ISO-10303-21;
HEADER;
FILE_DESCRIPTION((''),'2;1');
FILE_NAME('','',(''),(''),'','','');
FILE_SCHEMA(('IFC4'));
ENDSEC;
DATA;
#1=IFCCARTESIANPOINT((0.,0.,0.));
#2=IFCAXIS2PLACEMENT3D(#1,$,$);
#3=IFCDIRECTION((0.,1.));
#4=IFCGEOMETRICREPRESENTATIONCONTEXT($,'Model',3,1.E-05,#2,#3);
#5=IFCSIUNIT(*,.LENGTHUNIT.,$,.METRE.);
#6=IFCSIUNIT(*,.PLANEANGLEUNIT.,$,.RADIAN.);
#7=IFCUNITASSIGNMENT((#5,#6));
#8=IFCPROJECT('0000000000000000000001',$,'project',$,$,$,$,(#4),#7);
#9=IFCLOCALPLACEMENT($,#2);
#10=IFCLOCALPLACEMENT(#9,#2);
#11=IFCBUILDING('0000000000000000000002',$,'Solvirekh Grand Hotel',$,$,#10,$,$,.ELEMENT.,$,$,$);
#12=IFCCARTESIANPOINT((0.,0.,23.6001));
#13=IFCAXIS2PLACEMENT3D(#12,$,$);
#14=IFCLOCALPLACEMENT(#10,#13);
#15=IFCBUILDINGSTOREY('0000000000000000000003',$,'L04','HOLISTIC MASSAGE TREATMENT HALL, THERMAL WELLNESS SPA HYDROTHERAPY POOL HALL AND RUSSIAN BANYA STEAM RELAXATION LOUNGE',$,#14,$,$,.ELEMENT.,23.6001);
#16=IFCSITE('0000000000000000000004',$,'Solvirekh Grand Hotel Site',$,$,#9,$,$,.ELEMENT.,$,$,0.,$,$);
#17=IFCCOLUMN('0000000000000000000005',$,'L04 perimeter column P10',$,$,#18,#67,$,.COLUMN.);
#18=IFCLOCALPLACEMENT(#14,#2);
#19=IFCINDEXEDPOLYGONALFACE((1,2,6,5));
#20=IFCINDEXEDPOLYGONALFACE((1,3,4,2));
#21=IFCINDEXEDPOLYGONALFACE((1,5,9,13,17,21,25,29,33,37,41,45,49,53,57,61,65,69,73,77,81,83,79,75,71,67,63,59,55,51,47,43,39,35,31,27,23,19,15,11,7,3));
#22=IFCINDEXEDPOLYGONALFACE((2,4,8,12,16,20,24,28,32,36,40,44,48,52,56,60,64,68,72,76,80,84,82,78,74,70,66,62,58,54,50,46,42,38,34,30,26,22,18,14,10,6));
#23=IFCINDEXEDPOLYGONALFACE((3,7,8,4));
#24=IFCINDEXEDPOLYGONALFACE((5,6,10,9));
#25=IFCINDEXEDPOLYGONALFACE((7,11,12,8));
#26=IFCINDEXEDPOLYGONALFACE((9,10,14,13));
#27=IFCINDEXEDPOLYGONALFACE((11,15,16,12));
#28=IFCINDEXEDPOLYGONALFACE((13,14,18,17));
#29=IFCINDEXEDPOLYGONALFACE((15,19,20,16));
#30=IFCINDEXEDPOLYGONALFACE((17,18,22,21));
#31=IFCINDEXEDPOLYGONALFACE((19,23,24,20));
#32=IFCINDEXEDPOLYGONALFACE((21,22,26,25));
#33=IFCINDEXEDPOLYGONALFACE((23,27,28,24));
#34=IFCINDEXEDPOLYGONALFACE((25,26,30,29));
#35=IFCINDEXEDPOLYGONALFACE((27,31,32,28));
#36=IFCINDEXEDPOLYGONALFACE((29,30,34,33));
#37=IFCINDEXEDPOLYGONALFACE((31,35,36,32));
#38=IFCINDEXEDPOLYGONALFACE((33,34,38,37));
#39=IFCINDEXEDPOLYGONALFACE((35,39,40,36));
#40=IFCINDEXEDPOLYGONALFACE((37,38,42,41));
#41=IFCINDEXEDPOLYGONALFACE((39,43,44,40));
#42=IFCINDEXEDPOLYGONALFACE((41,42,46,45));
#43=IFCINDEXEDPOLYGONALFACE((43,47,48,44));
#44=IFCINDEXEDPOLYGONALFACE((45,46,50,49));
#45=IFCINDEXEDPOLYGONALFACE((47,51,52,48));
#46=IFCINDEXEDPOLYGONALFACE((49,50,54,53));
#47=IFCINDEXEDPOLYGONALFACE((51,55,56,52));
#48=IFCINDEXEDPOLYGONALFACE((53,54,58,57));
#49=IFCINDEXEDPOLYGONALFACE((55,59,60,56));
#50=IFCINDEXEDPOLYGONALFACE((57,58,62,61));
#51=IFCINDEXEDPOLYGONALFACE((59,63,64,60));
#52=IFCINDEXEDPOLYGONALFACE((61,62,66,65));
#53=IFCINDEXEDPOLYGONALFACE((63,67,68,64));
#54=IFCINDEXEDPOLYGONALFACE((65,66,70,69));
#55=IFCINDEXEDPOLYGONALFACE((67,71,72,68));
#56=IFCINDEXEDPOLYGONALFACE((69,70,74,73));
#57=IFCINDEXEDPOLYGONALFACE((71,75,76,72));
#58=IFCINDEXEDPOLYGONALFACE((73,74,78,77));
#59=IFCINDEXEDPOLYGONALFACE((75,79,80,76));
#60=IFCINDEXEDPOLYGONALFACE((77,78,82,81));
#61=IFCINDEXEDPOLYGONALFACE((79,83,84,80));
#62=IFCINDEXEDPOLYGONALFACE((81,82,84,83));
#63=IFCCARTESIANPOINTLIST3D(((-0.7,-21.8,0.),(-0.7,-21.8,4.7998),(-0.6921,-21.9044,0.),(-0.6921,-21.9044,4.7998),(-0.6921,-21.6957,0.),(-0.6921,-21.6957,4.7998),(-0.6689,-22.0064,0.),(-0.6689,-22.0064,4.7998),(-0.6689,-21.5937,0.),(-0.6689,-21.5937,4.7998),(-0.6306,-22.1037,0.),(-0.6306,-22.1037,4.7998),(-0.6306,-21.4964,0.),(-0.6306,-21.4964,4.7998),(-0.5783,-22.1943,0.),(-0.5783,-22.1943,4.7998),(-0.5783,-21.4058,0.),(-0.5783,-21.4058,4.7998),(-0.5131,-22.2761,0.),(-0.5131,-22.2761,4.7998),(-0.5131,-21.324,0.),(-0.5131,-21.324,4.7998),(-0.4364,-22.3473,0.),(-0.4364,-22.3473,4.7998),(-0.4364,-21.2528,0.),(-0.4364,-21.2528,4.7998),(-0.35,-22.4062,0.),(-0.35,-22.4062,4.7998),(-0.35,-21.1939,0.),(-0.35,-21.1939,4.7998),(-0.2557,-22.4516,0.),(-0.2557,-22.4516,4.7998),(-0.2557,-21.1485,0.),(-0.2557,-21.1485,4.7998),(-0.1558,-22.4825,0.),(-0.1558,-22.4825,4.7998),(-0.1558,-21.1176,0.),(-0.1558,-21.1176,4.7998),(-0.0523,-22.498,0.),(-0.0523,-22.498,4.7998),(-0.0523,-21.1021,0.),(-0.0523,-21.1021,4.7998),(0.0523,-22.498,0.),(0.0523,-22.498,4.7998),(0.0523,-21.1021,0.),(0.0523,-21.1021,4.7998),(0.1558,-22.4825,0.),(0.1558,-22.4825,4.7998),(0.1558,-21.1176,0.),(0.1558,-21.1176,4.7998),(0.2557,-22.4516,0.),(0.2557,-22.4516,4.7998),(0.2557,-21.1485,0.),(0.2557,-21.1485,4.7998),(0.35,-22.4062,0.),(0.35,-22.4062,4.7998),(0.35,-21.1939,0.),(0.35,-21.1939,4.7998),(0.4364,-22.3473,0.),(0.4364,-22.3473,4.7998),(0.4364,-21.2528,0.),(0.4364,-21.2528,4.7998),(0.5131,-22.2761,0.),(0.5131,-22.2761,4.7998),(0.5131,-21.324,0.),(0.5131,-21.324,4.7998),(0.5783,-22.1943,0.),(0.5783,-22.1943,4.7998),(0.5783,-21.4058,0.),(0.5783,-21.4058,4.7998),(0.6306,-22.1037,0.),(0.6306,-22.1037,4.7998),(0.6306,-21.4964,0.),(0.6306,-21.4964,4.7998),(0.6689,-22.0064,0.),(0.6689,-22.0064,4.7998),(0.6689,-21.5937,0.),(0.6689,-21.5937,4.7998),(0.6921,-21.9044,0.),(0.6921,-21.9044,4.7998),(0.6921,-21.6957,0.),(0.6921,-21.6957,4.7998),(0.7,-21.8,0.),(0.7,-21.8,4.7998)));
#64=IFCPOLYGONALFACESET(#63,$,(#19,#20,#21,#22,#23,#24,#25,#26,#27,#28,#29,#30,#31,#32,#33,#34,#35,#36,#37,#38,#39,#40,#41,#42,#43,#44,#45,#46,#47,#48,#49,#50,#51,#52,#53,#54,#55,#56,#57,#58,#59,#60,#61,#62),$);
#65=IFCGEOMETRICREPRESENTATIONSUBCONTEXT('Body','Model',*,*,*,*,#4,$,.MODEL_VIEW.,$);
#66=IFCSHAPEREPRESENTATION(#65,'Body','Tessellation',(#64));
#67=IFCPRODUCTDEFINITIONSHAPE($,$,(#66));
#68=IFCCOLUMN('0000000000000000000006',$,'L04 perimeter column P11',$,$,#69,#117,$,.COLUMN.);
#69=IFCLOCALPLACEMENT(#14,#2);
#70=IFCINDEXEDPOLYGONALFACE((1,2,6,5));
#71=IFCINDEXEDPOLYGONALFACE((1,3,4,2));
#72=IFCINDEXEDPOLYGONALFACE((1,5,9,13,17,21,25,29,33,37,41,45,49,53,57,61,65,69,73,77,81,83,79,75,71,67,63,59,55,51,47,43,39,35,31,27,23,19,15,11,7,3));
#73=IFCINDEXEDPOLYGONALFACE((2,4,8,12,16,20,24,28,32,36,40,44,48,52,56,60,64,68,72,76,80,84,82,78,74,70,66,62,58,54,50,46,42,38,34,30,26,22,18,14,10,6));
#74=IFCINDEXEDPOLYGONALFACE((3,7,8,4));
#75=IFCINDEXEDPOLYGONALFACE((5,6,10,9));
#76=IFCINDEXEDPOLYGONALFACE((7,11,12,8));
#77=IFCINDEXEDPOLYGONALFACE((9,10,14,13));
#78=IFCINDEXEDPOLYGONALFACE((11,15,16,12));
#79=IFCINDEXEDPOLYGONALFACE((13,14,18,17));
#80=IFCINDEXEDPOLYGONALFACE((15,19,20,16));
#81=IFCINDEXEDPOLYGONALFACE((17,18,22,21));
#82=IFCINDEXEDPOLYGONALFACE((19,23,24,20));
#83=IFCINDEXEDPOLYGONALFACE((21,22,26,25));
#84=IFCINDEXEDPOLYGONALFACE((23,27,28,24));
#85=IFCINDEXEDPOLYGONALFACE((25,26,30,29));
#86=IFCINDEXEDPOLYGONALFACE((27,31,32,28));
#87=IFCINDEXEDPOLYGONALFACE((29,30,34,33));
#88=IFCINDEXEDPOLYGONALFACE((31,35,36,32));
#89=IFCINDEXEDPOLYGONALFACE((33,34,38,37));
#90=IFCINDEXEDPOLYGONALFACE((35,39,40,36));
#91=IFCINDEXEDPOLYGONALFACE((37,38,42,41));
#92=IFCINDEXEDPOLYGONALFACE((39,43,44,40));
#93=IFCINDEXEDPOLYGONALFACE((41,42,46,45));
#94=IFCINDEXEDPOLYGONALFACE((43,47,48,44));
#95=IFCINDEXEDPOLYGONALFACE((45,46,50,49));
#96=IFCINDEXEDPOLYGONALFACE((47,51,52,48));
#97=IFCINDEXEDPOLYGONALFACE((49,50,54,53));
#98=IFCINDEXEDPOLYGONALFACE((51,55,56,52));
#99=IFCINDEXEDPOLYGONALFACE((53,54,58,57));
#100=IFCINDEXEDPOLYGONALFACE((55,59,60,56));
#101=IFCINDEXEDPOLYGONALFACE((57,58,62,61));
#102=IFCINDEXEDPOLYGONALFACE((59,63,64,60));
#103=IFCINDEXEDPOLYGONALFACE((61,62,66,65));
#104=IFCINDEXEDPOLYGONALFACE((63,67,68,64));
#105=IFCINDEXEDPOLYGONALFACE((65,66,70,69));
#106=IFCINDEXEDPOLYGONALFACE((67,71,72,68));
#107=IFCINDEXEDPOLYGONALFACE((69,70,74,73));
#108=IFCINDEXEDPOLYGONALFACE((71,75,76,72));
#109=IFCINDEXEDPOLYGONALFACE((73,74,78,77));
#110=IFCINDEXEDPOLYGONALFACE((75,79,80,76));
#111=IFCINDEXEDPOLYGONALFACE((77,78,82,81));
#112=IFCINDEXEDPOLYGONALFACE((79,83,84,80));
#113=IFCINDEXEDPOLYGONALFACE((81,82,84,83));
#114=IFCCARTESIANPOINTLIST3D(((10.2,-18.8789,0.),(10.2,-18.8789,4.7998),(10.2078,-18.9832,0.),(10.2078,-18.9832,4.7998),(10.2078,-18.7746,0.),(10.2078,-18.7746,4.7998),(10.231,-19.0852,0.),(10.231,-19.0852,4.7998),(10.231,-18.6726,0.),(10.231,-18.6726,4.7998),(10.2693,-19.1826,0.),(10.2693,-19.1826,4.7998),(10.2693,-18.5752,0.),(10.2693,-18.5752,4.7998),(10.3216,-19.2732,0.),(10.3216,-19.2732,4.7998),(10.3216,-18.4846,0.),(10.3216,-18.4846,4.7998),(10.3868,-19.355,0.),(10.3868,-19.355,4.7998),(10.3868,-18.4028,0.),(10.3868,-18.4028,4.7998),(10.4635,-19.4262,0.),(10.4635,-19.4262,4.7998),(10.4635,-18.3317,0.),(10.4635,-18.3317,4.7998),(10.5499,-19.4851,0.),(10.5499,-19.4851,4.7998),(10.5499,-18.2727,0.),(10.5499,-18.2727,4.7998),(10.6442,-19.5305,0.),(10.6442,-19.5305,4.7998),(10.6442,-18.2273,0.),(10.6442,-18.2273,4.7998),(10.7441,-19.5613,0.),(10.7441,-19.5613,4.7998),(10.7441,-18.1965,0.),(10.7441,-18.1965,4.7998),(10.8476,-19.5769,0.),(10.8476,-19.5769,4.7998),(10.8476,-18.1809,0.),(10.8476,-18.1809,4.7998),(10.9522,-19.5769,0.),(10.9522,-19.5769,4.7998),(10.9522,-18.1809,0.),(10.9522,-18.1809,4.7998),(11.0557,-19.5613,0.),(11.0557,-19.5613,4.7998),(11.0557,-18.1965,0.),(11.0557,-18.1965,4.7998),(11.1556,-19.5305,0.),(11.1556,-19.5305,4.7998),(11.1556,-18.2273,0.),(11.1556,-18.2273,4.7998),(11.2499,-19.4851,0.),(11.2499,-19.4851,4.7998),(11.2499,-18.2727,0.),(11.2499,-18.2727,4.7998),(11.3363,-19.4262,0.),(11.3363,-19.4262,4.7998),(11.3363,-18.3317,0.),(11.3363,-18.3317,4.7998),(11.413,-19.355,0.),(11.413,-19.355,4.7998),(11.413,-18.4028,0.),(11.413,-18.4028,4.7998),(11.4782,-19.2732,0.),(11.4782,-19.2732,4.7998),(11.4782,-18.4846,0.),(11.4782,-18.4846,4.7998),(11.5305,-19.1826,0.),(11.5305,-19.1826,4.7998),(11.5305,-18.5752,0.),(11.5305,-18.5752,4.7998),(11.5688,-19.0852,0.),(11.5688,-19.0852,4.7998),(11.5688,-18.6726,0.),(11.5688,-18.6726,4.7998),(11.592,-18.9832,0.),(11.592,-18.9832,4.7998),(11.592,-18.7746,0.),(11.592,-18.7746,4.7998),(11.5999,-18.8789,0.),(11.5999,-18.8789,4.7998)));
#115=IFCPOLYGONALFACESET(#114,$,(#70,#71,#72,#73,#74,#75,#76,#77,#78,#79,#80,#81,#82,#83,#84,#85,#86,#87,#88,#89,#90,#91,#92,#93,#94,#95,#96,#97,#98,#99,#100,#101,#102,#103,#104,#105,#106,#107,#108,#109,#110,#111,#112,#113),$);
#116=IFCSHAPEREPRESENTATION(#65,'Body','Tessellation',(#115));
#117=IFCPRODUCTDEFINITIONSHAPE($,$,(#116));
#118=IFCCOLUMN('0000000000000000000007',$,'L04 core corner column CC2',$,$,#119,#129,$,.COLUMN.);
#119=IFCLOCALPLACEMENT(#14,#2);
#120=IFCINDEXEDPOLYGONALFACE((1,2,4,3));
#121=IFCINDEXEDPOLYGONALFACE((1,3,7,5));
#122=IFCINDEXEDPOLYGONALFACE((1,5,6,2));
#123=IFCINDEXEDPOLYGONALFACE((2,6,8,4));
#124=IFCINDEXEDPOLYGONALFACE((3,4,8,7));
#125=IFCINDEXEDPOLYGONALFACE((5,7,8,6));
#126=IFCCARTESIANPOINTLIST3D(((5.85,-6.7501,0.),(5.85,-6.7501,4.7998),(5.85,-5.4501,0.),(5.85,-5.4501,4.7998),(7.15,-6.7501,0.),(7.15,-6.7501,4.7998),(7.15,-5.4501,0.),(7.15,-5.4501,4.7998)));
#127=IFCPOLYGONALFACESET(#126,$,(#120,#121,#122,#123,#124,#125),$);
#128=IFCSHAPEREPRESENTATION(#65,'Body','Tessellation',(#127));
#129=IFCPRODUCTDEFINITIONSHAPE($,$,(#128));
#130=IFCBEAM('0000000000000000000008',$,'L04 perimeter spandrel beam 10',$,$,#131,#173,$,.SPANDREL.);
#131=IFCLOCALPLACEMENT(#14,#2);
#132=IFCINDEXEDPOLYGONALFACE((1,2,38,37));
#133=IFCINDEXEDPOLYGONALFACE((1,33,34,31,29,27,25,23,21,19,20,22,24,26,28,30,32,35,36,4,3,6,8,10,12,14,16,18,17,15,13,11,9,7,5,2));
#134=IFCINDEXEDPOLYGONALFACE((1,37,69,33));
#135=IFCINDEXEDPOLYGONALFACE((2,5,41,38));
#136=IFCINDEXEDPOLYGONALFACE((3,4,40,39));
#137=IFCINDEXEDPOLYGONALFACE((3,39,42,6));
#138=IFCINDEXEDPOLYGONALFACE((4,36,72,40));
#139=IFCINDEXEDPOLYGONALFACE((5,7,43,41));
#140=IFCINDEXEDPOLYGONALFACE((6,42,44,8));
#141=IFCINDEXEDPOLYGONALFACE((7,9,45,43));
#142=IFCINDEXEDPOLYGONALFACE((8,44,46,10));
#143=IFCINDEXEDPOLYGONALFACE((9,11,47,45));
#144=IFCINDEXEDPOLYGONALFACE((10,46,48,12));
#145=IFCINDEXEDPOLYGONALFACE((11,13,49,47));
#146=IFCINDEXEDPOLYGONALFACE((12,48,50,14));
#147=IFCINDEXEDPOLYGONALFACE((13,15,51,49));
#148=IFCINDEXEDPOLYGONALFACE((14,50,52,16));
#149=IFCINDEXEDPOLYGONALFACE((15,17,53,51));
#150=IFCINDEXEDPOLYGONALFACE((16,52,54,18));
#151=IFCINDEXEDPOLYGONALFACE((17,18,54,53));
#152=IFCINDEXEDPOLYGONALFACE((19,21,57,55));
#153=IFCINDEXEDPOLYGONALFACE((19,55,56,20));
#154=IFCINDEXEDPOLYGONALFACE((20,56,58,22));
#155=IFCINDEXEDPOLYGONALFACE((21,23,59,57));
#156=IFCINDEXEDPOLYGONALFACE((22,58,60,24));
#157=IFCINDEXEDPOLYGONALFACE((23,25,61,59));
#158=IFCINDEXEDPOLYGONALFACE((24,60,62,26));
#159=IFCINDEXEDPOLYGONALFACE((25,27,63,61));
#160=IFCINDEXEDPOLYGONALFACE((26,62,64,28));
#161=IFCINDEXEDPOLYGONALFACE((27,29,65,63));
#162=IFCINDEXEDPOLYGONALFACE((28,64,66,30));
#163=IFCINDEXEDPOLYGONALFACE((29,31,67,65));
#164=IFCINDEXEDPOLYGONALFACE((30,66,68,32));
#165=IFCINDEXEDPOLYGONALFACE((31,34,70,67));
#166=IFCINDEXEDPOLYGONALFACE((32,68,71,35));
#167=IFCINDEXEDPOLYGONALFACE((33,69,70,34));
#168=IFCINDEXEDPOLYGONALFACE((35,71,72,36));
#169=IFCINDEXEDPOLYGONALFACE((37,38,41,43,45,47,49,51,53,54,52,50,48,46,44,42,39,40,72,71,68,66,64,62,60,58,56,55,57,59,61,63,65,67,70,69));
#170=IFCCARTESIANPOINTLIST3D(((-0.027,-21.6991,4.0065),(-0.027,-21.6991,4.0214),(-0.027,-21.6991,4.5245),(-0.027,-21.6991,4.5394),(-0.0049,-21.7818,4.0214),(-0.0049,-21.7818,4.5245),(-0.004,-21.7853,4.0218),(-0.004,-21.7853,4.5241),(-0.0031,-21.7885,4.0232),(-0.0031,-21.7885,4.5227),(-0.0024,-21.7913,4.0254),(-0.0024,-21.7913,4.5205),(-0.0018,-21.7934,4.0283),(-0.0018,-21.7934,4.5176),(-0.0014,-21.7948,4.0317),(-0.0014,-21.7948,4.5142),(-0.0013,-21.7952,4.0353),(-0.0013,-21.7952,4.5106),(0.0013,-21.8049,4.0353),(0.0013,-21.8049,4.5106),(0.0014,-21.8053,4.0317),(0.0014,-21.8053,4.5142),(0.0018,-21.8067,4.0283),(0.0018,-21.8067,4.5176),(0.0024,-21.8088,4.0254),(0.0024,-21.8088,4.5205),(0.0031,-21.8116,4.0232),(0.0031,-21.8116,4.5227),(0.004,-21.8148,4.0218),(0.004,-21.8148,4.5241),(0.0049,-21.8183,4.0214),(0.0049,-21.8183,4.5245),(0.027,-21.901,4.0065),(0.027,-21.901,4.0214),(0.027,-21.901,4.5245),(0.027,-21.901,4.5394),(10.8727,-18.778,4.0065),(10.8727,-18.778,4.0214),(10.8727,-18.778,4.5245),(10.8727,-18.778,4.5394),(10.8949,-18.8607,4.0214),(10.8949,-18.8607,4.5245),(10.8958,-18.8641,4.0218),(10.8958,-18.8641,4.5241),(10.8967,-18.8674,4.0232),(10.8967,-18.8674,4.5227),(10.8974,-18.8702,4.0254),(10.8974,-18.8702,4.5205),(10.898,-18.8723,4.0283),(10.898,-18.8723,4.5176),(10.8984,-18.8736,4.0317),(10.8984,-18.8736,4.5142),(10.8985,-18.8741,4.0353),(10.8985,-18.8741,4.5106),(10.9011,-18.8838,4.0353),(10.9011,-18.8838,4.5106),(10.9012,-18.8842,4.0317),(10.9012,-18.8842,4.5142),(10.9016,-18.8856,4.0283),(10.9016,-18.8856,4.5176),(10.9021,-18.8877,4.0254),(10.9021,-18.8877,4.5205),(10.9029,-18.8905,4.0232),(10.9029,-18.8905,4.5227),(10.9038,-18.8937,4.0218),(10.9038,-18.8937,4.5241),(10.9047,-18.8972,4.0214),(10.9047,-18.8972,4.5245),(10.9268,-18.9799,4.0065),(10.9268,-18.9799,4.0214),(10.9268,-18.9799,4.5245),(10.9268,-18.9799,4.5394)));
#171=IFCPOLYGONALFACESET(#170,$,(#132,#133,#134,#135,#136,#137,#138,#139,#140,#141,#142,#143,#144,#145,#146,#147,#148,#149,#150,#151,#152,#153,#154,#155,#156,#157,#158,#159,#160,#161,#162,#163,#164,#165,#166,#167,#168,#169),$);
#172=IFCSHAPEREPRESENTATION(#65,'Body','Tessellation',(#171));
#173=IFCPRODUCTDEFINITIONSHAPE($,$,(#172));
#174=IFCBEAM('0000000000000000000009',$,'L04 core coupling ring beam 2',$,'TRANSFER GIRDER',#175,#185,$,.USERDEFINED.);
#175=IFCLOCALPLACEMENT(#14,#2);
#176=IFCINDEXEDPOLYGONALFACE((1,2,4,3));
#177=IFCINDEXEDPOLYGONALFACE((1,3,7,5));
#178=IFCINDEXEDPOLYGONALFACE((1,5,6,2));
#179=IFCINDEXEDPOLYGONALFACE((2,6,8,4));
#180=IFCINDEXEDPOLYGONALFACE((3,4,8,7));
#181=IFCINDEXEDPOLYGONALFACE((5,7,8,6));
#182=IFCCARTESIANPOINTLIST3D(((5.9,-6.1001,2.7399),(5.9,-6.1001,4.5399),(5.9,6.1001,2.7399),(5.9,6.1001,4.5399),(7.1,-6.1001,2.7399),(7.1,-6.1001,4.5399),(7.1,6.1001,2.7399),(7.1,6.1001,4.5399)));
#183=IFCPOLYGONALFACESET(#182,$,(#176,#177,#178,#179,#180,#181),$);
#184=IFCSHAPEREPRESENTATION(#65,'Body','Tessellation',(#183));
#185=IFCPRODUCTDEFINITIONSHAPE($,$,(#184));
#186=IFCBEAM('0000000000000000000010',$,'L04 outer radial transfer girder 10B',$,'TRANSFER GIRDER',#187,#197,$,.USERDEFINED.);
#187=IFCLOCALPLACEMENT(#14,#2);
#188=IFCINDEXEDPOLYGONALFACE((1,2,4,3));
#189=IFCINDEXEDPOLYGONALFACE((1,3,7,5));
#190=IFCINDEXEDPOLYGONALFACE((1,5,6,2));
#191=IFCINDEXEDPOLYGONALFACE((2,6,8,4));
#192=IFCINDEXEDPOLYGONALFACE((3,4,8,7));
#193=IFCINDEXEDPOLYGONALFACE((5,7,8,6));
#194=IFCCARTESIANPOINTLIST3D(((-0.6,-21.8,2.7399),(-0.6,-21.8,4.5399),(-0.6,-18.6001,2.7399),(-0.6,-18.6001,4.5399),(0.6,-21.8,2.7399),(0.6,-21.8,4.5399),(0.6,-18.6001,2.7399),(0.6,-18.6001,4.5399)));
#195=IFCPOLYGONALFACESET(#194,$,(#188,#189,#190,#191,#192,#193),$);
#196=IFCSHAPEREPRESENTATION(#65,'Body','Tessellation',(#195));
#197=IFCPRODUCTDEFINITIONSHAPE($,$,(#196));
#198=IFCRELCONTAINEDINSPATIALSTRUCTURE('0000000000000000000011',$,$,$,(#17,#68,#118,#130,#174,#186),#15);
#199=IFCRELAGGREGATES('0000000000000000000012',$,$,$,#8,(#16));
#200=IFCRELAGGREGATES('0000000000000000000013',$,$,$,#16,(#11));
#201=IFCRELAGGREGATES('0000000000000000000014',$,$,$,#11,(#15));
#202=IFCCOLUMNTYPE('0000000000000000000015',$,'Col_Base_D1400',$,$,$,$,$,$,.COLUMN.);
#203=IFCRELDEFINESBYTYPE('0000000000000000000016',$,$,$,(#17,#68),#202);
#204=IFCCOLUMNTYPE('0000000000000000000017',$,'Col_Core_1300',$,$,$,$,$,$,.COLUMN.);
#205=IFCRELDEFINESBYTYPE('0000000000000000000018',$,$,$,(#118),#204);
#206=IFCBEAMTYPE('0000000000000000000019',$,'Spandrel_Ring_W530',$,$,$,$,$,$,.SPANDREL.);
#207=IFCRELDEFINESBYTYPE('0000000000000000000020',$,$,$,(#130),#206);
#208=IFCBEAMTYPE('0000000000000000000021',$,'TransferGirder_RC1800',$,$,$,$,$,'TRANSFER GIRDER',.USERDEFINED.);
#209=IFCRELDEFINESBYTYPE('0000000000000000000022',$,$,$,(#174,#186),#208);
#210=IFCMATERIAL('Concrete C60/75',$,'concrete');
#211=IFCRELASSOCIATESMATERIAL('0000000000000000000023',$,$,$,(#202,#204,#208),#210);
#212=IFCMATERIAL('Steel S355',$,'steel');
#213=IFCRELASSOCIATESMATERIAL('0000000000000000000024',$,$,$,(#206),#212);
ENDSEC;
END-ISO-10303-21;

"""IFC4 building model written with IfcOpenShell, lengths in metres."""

from ifc_helpers import new_model, si_unit, direction, frame, origin, origin_2d, place, context, subcontext, project, spatial, rectangle, circle, i_section, extrude, material, material_profile, profile_set, type_object, element, save


model = new_model("IFC4")

# Units and contexts
model_context = context("Model", 3, precision=1e-05, world=origin(), true_north=direction((0.0, 1.0)))
body_context = subcontext(model_context, "Body", "Model", "MODEL_VIEW")
ifc_project = project(units=[si_unit("LENGTHUNIT", "METRE"), si_unit("PLANEANGLEUNIT", "RADIAN")], contexts=[model_context])

# Site, building, storey
site_placement = place(None, origin())
site = spatial("IfcSite", under=ifc_project, at=site_placement, Name="Solvirekh Grand Hotel Site", CompositionType="ELEMENT", RefElevation=0.0)
building_placement = place(site_placement, origin())
building = spatial("IfcBuilding", under=site, at=building_placement, Name="Solvirekh Grand Hotel", CompositionType="ELEMENT")
storey_placement = place(building_placement, frame((0.0, 0.0, 23.6001)))
storey = spatial("IfcBuildingStorey", under=building, at=storey_placement, Name="L04", Description="HOLISTIC MASSAGE TREATMENT HALL, THERMAL WELLNESS SPA HYDROTHERAPY POOL HALL AND RUSSIAN BANYA STEAM RELAXATION LOUNGE", CompositionType="ELEMENT", Elevation=23.6001)

# Columns
ifc_material_1 = material(Name="Concrete C60/75", Category="concrete")
ifc_material_profile_1 = material_profile(ifc_material_1, circle(Radius=0.7, at=origin_2d()), Name="RC CIRC D1400")
ifc_profile_set_1 = profile_set([ifc_material_profile_1], Name="Concrete C60/75")
column_type_1 = type_object("IfcColumnType", Name="Col_Base_D1400", PredefinedType="COLUMN", material=ifc_profile_set_1)
for number, where, z_axis, x_axis, name in (
    (1, (0.0, -21.8, 0.0), (0.0, 0.0, 1.0), (1.0, 0.0, 0.0), "L04 perimeter column P10"),
    (2, (10.8999, -18.8789, 0.0), (0.0, 0.0, 1.0), (1.0, 0.0, 0.0), "L04 perimeter column P11"),
):
    element("IfcColumn", number, at=place(storey_placement, frame(where, z_axis=z_axis, x_axis=x_axis)), inside=storey, type_object=column_type_1, Name=name, PredefinedType="COLUMN", context=body_context, shape_type="SweptSolid", body=[
        extrude(circle(Radius=0.7, at=origin_2d()), origin(), (0.0, 0.0, 1.0), 4.7998),
    ])
ifc_material_profile_2 = material_profile(ifc_material_1, rectangle(XDim=1.3, YDim=1.3, at=origin_2d()), Name="RC 1300X1300")
ifc_profile_set_2 = profile_set([ifc_material_profile_2], Name="Concrete C60/75")
column_type_2 = type_object("IfcColumnType", Name="Col_Core_1300", PredefinedType="COLUMN", material=ifc_profile_set_2)
column_placement = place(storey_placement, frame((6.5, -6.1001, 0.0), z_axis=(0.0, 0.0, 1.0), x_axis=(1.0, 0.0, 0.0)))
element("IfcColumn", 3, at=column_placement, inside=storey, type_object=column_type_2, Name="L04 core corner column CC2", PredefinedType="COLUMN", context=body_context, shape_type="SweptSolid", body=[
    extrude(rectangle(XDim=1.3, YDim=1.3, at=origin_2d()), origin(), (0.0, 0.0, 1.0), 4.7998),
])

# Beams
ifc_material_2 = material(Name="Steel S355", Category="steel")
ifc_material_profile_3 = material_profile(ifc_material_2, i_section(OverallWidth=0.209, OverallDepth=0.533, WebThickness=0.01, FlangeThickness=0.0149, FilletRadius=0.0139, at=origin_2d()), Name="W530X92")
ifc_profile_set_3 = profile_set([ifc_material_profile_3], Name="Steel S355")
beam_type_1 = type_object("IfcBeamType", Name="Spandrel_Ring_W530", PredefinedType="SPANDREL", material=ifc_profile_set_3)
beam_1_placement = place(storey_placement, frame((0.0, -21.8, 4.2729), z_axis=(0.965914, 0.258862, 0.0), x_axis=(-0.258862, 0.965914, 0.0)))
element("IfcBeam", 4, at=beam_1_placement, inside=storey, type_object=beam_type_1, Name="L04 perimeter spandrel beam 10", PredefinedType="SPANDREL", context=body_context, shape_type="SweptSolid", body=[
    extrude(i_section(OverallWidth=0.209, OverallDepth=0.533, WebThickness=0.01, FlangeThickness=0.0149, FilletRadius=0.0139, at=origin_2d()), origin(), (0.0, 0.0, 1.0), 11.2844),
])
ifc_material_profile_4 = material_profile(ifc_material_1, rectangle(XDim=1.2, YDim=1.8, at=origin_2d()), Name="RC GIRDER 1200X1800")
ifc_profile_set_4 = profile_set([ifc_material_profile_4], Name="Concrete C60/75")
beam_type_2 = type_object("IfcBeamType", Name="TransferGirder_RC1800", ElementType="TRANSFER GIRDER", PredefinedType="USERDEFINED", material=ifc_profile_set_4)
beam_2_placement = place(storey_placement, frame((6.5, -6.1001, 3.6399), z_axis=(0.0, 1.0, 0.0), x_axis=(-1.0, 0.0, 0.0)))
element("IfcBeam", 5, at=beam_2_placement, inside=storey, type_object=beam_type_2, Name="L04 core coupling ring beam 2", ObjectType="TRANSFER GIRDER", PredefinedType="USERDEFINED", context=body_context, shape_type="SweptSolid", body=[
    extrude(rectangle(XDim=1.2, YDim=1.8, at=origin_2d()), origin(), (0.0, 0.0, 1.0), 12.2002),
])
beam_3_placement = place(storey_placement, frame((0.0, -18.6001, 3.6399), z_axis=(0.0, -1.0, 0.0), x_axis=(1.0, 0.0, 0.0)))
element("IfcBeam", 6, at=beam_3_placement, inside=storey, type_object=beam_type_2, Name="L04 outer radial transfer girder 10B", ObjectType="TRANSFER GIRDER", PredefinedType="USERDEFINED", context=body_context, shape_type="SweptSolid", body=[
    extrude(rectangle(XDim=1.2, YDim=1.8, at=origin_2d()), origin(), (0.0, 0.0, 1.0), 3.2),
])

save(model, "model.ifc")
